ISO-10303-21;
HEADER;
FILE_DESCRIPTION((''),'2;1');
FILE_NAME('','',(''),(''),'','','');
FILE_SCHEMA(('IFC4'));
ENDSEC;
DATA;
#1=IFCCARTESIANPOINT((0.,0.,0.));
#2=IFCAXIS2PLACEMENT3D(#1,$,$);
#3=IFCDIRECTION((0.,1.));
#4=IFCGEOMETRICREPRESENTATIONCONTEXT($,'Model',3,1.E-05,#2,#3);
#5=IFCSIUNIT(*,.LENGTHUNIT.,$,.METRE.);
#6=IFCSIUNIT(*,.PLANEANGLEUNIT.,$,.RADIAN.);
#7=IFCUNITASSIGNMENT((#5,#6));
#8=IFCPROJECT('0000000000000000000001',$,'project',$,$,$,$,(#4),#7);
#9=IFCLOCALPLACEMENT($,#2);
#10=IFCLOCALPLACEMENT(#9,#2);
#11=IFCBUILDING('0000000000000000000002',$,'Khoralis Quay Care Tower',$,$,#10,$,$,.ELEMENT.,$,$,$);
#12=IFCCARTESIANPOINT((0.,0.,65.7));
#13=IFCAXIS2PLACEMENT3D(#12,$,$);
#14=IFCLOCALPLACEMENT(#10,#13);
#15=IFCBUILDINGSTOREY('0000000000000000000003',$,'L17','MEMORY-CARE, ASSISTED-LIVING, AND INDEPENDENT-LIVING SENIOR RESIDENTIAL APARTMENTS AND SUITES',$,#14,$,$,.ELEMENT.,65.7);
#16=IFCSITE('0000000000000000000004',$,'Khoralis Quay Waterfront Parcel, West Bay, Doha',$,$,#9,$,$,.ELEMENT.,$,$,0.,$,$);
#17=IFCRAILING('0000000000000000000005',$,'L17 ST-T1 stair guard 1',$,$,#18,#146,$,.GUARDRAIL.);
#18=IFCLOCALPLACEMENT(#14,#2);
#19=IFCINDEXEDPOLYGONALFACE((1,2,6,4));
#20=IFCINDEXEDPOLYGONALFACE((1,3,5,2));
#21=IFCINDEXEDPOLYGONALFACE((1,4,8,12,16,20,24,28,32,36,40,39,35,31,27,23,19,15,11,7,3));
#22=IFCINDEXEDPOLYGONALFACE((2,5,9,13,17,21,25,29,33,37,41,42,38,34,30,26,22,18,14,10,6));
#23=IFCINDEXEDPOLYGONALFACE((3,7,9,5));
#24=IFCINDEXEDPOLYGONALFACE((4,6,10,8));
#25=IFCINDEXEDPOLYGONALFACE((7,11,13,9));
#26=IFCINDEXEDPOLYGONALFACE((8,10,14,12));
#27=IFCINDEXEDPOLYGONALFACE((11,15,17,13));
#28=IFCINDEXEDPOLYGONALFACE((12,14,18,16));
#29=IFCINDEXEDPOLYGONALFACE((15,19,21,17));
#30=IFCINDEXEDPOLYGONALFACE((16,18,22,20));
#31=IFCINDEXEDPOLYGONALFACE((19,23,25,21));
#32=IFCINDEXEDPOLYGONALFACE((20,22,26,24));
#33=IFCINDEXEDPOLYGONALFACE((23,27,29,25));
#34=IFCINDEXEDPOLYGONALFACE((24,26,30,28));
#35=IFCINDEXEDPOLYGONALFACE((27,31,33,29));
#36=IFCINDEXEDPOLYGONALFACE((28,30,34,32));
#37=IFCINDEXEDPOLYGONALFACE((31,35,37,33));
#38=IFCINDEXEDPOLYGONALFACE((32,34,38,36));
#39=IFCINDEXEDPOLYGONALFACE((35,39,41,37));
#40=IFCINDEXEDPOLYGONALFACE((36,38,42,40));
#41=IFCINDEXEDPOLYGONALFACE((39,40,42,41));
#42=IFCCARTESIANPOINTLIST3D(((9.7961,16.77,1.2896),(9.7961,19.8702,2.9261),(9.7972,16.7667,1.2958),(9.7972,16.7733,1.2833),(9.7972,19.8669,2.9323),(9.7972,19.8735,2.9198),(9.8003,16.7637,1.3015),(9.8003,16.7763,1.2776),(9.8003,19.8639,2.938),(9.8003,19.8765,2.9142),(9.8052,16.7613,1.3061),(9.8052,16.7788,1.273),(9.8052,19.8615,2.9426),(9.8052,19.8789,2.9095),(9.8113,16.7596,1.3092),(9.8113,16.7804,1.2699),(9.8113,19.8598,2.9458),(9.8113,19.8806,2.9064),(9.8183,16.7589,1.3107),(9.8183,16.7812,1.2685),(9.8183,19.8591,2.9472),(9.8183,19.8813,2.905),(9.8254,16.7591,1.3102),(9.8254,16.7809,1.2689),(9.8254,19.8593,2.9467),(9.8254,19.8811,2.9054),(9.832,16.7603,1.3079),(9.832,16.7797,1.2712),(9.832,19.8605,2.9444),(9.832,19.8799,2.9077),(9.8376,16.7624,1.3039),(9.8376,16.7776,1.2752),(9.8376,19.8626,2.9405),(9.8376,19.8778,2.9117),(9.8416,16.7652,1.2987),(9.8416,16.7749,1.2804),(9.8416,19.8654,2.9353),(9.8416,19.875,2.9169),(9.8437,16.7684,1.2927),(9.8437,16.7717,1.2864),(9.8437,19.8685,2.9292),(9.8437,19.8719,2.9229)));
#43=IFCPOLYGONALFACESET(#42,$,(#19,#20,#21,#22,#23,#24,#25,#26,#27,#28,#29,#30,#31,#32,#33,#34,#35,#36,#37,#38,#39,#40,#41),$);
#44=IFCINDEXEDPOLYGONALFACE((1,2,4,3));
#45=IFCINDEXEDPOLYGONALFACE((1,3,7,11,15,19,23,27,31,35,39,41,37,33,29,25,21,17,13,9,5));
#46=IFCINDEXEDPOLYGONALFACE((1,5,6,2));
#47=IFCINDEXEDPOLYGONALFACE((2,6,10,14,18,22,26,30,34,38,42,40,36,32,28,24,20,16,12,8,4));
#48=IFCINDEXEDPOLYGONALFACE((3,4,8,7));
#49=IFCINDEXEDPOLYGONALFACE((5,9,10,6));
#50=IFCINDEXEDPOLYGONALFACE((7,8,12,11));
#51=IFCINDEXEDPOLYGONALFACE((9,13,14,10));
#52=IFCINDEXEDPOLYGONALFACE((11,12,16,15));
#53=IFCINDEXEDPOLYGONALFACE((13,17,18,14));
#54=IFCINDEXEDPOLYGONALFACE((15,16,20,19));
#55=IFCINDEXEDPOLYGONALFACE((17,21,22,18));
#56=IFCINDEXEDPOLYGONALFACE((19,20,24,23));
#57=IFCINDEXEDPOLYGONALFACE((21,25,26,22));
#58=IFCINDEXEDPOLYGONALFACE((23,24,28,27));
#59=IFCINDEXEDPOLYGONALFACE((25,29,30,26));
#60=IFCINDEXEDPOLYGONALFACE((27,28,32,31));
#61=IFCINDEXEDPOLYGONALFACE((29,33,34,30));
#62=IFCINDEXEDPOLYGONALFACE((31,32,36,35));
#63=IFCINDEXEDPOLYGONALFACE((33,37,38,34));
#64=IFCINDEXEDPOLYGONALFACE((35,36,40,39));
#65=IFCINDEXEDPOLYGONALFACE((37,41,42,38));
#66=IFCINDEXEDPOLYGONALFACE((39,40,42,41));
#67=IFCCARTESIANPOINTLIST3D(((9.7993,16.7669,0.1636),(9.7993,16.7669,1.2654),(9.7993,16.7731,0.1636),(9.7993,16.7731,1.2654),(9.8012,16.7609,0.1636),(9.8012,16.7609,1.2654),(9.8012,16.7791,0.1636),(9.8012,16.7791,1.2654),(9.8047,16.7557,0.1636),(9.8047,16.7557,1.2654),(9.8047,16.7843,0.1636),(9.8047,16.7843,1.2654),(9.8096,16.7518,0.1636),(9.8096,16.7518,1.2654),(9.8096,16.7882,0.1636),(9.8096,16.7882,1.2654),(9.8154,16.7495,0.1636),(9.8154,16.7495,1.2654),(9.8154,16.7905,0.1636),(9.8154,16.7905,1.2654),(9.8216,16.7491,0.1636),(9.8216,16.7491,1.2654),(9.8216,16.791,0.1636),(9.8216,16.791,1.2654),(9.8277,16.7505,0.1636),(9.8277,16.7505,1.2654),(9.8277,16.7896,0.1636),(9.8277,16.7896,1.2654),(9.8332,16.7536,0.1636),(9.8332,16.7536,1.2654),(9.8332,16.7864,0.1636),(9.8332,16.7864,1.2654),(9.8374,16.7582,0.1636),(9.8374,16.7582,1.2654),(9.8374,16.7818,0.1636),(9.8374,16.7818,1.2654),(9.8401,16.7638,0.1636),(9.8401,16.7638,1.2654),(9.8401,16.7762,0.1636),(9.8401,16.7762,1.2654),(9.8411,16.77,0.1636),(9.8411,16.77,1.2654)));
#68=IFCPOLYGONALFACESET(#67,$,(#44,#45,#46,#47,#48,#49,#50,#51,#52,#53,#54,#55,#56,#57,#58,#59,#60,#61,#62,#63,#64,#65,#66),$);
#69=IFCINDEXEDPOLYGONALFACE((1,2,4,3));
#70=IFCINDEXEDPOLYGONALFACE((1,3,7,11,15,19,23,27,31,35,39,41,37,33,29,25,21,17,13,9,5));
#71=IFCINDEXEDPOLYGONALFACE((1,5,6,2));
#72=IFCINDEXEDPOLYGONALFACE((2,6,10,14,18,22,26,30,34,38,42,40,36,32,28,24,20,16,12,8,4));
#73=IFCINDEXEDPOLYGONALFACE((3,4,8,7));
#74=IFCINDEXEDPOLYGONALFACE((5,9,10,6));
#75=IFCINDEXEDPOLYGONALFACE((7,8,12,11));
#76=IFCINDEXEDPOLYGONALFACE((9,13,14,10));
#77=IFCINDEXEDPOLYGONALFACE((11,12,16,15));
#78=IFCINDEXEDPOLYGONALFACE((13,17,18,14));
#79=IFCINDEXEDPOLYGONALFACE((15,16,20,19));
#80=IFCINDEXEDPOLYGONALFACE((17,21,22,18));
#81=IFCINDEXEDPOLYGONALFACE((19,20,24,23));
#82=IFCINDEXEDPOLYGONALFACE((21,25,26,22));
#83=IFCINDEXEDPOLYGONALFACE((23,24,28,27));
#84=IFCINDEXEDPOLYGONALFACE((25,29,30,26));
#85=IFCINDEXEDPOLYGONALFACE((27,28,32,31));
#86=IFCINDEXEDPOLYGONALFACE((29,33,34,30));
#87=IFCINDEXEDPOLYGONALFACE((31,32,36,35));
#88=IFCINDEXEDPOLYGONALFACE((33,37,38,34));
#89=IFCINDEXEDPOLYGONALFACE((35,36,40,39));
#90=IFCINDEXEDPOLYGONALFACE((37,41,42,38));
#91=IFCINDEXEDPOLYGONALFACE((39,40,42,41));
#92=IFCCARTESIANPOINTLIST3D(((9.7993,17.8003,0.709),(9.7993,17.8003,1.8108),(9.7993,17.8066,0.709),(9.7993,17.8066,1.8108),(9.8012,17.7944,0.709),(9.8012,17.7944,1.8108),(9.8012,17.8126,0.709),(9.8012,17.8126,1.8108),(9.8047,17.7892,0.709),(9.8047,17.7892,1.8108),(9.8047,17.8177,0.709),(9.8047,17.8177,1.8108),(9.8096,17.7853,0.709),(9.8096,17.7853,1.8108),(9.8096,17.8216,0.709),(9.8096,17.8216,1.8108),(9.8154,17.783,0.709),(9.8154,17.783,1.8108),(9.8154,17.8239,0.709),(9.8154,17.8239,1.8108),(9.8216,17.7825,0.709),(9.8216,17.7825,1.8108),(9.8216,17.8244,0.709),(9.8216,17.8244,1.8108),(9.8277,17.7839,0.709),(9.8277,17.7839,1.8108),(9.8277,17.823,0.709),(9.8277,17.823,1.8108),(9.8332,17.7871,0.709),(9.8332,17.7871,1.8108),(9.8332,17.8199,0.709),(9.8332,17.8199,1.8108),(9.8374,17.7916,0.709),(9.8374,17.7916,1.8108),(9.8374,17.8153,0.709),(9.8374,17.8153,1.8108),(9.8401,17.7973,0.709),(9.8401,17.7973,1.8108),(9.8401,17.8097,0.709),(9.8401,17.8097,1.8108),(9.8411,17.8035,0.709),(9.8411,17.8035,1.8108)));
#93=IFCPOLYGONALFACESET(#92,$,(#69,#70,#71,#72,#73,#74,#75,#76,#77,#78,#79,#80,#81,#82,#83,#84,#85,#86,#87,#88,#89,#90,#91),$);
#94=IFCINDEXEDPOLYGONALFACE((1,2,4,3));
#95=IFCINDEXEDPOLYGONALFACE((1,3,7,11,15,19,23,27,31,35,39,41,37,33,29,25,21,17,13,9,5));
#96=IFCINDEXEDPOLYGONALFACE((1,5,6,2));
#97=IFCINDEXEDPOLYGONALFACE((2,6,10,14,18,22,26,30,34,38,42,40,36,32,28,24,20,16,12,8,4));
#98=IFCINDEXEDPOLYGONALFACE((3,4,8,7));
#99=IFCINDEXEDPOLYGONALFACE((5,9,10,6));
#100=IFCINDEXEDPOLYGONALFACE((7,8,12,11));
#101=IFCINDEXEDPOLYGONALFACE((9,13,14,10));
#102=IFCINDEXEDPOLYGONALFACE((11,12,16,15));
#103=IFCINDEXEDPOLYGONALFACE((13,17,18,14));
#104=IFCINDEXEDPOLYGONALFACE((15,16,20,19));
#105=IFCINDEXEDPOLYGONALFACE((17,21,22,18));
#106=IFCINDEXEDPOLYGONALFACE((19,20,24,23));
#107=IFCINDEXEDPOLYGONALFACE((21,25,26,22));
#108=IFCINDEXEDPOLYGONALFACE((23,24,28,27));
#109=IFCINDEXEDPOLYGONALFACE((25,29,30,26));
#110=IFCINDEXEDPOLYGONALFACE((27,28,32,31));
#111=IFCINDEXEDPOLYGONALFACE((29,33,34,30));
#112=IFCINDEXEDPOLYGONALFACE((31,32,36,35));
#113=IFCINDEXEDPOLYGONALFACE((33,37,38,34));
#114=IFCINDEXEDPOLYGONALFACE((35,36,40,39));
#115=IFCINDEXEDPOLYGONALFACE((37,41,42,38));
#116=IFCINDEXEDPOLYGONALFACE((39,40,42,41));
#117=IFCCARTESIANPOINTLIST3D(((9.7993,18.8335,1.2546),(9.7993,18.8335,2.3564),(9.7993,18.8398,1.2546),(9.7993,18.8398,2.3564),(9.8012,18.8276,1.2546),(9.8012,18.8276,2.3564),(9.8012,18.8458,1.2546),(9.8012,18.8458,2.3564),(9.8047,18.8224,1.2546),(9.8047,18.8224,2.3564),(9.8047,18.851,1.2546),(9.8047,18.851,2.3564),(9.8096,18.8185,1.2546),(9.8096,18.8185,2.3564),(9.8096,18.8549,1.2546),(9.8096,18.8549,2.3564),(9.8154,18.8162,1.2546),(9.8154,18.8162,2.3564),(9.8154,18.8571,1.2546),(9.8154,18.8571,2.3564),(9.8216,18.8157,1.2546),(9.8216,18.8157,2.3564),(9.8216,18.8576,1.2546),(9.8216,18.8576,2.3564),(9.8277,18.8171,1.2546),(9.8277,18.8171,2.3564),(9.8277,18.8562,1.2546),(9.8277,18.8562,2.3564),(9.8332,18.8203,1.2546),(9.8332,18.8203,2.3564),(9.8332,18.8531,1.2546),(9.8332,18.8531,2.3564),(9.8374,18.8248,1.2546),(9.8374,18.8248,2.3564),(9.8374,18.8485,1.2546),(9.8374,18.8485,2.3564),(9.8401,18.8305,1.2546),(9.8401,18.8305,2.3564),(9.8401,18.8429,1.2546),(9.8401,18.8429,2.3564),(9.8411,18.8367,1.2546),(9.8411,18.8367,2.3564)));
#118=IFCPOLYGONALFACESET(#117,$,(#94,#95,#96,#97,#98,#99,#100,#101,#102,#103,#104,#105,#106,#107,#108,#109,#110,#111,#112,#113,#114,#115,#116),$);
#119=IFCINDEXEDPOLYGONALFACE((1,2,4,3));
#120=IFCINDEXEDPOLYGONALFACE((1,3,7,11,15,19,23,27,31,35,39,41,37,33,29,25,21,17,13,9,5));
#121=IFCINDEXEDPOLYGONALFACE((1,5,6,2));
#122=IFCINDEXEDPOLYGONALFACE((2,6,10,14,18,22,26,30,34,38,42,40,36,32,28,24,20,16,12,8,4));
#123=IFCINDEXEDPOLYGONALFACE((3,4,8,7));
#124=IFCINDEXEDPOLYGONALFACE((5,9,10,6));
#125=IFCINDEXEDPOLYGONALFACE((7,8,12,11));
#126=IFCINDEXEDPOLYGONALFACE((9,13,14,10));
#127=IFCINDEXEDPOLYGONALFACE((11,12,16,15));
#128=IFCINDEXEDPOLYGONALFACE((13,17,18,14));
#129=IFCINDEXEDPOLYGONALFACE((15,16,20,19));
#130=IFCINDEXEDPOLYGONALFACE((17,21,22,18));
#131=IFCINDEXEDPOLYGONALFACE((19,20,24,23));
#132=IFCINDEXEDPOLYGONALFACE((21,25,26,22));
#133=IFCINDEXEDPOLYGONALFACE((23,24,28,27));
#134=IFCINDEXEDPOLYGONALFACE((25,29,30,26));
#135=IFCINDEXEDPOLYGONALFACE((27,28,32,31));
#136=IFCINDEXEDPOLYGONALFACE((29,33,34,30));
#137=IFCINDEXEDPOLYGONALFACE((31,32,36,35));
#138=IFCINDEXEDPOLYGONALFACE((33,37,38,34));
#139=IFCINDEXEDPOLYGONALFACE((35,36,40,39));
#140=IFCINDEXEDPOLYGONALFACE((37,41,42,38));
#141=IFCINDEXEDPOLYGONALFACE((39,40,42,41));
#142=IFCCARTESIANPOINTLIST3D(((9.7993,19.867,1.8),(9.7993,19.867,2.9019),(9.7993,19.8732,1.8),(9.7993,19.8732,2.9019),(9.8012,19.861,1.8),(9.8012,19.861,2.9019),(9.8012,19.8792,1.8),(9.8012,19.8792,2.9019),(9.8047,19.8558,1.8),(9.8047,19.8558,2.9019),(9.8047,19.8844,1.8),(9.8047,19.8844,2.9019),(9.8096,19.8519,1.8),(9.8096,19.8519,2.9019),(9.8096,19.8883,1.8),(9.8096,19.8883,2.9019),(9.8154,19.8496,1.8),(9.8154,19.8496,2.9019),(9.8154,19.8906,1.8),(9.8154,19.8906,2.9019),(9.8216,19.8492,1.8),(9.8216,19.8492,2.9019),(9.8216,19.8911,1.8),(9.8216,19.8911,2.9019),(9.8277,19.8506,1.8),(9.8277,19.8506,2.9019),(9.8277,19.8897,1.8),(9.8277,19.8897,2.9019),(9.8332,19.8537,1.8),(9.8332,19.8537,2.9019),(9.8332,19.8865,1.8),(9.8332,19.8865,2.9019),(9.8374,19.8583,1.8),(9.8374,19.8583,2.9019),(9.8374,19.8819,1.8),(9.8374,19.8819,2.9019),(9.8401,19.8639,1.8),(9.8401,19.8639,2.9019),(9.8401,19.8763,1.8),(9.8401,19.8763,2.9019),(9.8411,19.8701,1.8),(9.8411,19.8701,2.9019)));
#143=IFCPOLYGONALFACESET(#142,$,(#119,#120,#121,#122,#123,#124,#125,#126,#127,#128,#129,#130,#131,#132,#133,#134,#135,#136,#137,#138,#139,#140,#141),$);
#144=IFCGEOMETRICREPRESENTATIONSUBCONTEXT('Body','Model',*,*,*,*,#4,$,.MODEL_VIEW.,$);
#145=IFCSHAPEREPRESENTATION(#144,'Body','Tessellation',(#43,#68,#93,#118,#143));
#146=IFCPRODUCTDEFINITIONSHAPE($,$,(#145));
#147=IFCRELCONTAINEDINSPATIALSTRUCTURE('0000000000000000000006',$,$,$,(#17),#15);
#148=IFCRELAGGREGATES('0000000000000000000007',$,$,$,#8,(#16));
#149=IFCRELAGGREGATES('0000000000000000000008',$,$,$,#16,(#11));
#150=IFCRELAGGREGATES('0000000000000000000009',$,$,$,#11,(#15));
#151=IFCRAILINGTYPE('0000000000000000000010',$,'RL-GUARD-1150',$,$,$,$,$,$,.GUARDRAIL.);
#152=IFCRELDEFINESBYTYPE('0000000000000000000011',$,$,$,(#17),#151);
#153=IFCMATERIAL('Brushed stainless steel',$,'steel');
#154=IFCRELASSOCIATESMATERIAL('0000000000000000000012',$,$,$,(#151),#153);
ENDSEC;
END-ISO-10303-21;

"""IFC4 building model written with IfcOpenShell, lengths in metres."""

from ifc_helpers import new_model, si_unit, direction, frame, origin, origin_2d, place, context, subcontext, project, spatial, circle, extrude, material, type_object, element, save


model = new_model("IFC4")

# Units and contexts
model_context = context("Model", 3, precision=1e-05, world=origin(), true_north=direction((0.0, 1.0)))
body_context = subcontext(model_context, "Body", "Model", "MODEL_VIEW")
ifc_project = project(units=[si_unit("LENGTHUNIT", "METRE"), si_unit("PLANEANGLEUNIT", "RADIAN")], contexts=[model_context])

# Site, building, storey
site_placement = place(None, origin())
site = spatial("IfcSite", under=ifc_project, at=site_placement, Name="Khoralis Quay Waterfront Parcel, West Bay, Doha", CompositionType="ELEMENT", RefElevation=0.0)
building_placement = place(site_placement, origin())
building = spatial("IfcBuilding", under=site, at=building_placement, Name="Khoralis Quay Care Tower", CompositionType="ELEMENT")
storey_placement = place(building_placement, frame((0.0, 0.0, 65.7)))
storey = spatial("IfcBuildingStorey", under=building, at=storey_placement, Name="L17", Description="MEMORY-CARE, ASSISTED-LIVING, AND INDEPENDENT-LIVING SENIOR RESIDENTIAL APARTMENTS AND SUITES", CompositionType="ELEMENT", Elevation=65.7)

# Shared definitions
ifc_material_1 = material(Name="Brushed stainless steel", Category="steel")

# Railing
railing_type_1 = type_object("IfcRailingType", Name="RL-GUARD-1150", PredefinedType="GUARDRAIL", material=ifc_material_1)
railing_1_placement = place(storey_placement, frame((9.8201, 16.77, 0.1636)))
element("IfcRailing", 1, at=railing_1_placement, inside=storey, type_object=railing_type_1, Name="L17 ST-T1 stair guard 1", PredefinedType="GUARDRAIL", context=body_context, shape_type="SweptSolid", body=[
    extrude(circle(Radius=0.0239, at=origin_2d()), frame((0.0, 0.0, 1.126), z_axis=(0.0, 0.884348, 0.466828), x_axis=(-1.0, 0.0, 0.0)), (0.0, 0.0, 1.0), 3.5056),
    extrude(circle(Radius=0.021, at=origin_2d()), origin(), (0.0, 0.0, 1.0), 1.1018),
    extrude(circle(Radius=0.021, at=origin_2d()), frame((0.0, 1.0334, 0.5454)), (0.0, 0.0, 1.0), 1.1018),
    extrude(circle(Radius=0.021, at=origin_2d()), frame((0.0, 2.0667, 1.0911)), (0.0, 0.0, 1.0), 1.1018),
    extrude(circle(Radius=0.021, at=origin_2d()), frame((0.0, 3.1001, 1.6365)), (0.0, 0.0, 1.0), 1.1018),
])

save(model, "model.ifc")
